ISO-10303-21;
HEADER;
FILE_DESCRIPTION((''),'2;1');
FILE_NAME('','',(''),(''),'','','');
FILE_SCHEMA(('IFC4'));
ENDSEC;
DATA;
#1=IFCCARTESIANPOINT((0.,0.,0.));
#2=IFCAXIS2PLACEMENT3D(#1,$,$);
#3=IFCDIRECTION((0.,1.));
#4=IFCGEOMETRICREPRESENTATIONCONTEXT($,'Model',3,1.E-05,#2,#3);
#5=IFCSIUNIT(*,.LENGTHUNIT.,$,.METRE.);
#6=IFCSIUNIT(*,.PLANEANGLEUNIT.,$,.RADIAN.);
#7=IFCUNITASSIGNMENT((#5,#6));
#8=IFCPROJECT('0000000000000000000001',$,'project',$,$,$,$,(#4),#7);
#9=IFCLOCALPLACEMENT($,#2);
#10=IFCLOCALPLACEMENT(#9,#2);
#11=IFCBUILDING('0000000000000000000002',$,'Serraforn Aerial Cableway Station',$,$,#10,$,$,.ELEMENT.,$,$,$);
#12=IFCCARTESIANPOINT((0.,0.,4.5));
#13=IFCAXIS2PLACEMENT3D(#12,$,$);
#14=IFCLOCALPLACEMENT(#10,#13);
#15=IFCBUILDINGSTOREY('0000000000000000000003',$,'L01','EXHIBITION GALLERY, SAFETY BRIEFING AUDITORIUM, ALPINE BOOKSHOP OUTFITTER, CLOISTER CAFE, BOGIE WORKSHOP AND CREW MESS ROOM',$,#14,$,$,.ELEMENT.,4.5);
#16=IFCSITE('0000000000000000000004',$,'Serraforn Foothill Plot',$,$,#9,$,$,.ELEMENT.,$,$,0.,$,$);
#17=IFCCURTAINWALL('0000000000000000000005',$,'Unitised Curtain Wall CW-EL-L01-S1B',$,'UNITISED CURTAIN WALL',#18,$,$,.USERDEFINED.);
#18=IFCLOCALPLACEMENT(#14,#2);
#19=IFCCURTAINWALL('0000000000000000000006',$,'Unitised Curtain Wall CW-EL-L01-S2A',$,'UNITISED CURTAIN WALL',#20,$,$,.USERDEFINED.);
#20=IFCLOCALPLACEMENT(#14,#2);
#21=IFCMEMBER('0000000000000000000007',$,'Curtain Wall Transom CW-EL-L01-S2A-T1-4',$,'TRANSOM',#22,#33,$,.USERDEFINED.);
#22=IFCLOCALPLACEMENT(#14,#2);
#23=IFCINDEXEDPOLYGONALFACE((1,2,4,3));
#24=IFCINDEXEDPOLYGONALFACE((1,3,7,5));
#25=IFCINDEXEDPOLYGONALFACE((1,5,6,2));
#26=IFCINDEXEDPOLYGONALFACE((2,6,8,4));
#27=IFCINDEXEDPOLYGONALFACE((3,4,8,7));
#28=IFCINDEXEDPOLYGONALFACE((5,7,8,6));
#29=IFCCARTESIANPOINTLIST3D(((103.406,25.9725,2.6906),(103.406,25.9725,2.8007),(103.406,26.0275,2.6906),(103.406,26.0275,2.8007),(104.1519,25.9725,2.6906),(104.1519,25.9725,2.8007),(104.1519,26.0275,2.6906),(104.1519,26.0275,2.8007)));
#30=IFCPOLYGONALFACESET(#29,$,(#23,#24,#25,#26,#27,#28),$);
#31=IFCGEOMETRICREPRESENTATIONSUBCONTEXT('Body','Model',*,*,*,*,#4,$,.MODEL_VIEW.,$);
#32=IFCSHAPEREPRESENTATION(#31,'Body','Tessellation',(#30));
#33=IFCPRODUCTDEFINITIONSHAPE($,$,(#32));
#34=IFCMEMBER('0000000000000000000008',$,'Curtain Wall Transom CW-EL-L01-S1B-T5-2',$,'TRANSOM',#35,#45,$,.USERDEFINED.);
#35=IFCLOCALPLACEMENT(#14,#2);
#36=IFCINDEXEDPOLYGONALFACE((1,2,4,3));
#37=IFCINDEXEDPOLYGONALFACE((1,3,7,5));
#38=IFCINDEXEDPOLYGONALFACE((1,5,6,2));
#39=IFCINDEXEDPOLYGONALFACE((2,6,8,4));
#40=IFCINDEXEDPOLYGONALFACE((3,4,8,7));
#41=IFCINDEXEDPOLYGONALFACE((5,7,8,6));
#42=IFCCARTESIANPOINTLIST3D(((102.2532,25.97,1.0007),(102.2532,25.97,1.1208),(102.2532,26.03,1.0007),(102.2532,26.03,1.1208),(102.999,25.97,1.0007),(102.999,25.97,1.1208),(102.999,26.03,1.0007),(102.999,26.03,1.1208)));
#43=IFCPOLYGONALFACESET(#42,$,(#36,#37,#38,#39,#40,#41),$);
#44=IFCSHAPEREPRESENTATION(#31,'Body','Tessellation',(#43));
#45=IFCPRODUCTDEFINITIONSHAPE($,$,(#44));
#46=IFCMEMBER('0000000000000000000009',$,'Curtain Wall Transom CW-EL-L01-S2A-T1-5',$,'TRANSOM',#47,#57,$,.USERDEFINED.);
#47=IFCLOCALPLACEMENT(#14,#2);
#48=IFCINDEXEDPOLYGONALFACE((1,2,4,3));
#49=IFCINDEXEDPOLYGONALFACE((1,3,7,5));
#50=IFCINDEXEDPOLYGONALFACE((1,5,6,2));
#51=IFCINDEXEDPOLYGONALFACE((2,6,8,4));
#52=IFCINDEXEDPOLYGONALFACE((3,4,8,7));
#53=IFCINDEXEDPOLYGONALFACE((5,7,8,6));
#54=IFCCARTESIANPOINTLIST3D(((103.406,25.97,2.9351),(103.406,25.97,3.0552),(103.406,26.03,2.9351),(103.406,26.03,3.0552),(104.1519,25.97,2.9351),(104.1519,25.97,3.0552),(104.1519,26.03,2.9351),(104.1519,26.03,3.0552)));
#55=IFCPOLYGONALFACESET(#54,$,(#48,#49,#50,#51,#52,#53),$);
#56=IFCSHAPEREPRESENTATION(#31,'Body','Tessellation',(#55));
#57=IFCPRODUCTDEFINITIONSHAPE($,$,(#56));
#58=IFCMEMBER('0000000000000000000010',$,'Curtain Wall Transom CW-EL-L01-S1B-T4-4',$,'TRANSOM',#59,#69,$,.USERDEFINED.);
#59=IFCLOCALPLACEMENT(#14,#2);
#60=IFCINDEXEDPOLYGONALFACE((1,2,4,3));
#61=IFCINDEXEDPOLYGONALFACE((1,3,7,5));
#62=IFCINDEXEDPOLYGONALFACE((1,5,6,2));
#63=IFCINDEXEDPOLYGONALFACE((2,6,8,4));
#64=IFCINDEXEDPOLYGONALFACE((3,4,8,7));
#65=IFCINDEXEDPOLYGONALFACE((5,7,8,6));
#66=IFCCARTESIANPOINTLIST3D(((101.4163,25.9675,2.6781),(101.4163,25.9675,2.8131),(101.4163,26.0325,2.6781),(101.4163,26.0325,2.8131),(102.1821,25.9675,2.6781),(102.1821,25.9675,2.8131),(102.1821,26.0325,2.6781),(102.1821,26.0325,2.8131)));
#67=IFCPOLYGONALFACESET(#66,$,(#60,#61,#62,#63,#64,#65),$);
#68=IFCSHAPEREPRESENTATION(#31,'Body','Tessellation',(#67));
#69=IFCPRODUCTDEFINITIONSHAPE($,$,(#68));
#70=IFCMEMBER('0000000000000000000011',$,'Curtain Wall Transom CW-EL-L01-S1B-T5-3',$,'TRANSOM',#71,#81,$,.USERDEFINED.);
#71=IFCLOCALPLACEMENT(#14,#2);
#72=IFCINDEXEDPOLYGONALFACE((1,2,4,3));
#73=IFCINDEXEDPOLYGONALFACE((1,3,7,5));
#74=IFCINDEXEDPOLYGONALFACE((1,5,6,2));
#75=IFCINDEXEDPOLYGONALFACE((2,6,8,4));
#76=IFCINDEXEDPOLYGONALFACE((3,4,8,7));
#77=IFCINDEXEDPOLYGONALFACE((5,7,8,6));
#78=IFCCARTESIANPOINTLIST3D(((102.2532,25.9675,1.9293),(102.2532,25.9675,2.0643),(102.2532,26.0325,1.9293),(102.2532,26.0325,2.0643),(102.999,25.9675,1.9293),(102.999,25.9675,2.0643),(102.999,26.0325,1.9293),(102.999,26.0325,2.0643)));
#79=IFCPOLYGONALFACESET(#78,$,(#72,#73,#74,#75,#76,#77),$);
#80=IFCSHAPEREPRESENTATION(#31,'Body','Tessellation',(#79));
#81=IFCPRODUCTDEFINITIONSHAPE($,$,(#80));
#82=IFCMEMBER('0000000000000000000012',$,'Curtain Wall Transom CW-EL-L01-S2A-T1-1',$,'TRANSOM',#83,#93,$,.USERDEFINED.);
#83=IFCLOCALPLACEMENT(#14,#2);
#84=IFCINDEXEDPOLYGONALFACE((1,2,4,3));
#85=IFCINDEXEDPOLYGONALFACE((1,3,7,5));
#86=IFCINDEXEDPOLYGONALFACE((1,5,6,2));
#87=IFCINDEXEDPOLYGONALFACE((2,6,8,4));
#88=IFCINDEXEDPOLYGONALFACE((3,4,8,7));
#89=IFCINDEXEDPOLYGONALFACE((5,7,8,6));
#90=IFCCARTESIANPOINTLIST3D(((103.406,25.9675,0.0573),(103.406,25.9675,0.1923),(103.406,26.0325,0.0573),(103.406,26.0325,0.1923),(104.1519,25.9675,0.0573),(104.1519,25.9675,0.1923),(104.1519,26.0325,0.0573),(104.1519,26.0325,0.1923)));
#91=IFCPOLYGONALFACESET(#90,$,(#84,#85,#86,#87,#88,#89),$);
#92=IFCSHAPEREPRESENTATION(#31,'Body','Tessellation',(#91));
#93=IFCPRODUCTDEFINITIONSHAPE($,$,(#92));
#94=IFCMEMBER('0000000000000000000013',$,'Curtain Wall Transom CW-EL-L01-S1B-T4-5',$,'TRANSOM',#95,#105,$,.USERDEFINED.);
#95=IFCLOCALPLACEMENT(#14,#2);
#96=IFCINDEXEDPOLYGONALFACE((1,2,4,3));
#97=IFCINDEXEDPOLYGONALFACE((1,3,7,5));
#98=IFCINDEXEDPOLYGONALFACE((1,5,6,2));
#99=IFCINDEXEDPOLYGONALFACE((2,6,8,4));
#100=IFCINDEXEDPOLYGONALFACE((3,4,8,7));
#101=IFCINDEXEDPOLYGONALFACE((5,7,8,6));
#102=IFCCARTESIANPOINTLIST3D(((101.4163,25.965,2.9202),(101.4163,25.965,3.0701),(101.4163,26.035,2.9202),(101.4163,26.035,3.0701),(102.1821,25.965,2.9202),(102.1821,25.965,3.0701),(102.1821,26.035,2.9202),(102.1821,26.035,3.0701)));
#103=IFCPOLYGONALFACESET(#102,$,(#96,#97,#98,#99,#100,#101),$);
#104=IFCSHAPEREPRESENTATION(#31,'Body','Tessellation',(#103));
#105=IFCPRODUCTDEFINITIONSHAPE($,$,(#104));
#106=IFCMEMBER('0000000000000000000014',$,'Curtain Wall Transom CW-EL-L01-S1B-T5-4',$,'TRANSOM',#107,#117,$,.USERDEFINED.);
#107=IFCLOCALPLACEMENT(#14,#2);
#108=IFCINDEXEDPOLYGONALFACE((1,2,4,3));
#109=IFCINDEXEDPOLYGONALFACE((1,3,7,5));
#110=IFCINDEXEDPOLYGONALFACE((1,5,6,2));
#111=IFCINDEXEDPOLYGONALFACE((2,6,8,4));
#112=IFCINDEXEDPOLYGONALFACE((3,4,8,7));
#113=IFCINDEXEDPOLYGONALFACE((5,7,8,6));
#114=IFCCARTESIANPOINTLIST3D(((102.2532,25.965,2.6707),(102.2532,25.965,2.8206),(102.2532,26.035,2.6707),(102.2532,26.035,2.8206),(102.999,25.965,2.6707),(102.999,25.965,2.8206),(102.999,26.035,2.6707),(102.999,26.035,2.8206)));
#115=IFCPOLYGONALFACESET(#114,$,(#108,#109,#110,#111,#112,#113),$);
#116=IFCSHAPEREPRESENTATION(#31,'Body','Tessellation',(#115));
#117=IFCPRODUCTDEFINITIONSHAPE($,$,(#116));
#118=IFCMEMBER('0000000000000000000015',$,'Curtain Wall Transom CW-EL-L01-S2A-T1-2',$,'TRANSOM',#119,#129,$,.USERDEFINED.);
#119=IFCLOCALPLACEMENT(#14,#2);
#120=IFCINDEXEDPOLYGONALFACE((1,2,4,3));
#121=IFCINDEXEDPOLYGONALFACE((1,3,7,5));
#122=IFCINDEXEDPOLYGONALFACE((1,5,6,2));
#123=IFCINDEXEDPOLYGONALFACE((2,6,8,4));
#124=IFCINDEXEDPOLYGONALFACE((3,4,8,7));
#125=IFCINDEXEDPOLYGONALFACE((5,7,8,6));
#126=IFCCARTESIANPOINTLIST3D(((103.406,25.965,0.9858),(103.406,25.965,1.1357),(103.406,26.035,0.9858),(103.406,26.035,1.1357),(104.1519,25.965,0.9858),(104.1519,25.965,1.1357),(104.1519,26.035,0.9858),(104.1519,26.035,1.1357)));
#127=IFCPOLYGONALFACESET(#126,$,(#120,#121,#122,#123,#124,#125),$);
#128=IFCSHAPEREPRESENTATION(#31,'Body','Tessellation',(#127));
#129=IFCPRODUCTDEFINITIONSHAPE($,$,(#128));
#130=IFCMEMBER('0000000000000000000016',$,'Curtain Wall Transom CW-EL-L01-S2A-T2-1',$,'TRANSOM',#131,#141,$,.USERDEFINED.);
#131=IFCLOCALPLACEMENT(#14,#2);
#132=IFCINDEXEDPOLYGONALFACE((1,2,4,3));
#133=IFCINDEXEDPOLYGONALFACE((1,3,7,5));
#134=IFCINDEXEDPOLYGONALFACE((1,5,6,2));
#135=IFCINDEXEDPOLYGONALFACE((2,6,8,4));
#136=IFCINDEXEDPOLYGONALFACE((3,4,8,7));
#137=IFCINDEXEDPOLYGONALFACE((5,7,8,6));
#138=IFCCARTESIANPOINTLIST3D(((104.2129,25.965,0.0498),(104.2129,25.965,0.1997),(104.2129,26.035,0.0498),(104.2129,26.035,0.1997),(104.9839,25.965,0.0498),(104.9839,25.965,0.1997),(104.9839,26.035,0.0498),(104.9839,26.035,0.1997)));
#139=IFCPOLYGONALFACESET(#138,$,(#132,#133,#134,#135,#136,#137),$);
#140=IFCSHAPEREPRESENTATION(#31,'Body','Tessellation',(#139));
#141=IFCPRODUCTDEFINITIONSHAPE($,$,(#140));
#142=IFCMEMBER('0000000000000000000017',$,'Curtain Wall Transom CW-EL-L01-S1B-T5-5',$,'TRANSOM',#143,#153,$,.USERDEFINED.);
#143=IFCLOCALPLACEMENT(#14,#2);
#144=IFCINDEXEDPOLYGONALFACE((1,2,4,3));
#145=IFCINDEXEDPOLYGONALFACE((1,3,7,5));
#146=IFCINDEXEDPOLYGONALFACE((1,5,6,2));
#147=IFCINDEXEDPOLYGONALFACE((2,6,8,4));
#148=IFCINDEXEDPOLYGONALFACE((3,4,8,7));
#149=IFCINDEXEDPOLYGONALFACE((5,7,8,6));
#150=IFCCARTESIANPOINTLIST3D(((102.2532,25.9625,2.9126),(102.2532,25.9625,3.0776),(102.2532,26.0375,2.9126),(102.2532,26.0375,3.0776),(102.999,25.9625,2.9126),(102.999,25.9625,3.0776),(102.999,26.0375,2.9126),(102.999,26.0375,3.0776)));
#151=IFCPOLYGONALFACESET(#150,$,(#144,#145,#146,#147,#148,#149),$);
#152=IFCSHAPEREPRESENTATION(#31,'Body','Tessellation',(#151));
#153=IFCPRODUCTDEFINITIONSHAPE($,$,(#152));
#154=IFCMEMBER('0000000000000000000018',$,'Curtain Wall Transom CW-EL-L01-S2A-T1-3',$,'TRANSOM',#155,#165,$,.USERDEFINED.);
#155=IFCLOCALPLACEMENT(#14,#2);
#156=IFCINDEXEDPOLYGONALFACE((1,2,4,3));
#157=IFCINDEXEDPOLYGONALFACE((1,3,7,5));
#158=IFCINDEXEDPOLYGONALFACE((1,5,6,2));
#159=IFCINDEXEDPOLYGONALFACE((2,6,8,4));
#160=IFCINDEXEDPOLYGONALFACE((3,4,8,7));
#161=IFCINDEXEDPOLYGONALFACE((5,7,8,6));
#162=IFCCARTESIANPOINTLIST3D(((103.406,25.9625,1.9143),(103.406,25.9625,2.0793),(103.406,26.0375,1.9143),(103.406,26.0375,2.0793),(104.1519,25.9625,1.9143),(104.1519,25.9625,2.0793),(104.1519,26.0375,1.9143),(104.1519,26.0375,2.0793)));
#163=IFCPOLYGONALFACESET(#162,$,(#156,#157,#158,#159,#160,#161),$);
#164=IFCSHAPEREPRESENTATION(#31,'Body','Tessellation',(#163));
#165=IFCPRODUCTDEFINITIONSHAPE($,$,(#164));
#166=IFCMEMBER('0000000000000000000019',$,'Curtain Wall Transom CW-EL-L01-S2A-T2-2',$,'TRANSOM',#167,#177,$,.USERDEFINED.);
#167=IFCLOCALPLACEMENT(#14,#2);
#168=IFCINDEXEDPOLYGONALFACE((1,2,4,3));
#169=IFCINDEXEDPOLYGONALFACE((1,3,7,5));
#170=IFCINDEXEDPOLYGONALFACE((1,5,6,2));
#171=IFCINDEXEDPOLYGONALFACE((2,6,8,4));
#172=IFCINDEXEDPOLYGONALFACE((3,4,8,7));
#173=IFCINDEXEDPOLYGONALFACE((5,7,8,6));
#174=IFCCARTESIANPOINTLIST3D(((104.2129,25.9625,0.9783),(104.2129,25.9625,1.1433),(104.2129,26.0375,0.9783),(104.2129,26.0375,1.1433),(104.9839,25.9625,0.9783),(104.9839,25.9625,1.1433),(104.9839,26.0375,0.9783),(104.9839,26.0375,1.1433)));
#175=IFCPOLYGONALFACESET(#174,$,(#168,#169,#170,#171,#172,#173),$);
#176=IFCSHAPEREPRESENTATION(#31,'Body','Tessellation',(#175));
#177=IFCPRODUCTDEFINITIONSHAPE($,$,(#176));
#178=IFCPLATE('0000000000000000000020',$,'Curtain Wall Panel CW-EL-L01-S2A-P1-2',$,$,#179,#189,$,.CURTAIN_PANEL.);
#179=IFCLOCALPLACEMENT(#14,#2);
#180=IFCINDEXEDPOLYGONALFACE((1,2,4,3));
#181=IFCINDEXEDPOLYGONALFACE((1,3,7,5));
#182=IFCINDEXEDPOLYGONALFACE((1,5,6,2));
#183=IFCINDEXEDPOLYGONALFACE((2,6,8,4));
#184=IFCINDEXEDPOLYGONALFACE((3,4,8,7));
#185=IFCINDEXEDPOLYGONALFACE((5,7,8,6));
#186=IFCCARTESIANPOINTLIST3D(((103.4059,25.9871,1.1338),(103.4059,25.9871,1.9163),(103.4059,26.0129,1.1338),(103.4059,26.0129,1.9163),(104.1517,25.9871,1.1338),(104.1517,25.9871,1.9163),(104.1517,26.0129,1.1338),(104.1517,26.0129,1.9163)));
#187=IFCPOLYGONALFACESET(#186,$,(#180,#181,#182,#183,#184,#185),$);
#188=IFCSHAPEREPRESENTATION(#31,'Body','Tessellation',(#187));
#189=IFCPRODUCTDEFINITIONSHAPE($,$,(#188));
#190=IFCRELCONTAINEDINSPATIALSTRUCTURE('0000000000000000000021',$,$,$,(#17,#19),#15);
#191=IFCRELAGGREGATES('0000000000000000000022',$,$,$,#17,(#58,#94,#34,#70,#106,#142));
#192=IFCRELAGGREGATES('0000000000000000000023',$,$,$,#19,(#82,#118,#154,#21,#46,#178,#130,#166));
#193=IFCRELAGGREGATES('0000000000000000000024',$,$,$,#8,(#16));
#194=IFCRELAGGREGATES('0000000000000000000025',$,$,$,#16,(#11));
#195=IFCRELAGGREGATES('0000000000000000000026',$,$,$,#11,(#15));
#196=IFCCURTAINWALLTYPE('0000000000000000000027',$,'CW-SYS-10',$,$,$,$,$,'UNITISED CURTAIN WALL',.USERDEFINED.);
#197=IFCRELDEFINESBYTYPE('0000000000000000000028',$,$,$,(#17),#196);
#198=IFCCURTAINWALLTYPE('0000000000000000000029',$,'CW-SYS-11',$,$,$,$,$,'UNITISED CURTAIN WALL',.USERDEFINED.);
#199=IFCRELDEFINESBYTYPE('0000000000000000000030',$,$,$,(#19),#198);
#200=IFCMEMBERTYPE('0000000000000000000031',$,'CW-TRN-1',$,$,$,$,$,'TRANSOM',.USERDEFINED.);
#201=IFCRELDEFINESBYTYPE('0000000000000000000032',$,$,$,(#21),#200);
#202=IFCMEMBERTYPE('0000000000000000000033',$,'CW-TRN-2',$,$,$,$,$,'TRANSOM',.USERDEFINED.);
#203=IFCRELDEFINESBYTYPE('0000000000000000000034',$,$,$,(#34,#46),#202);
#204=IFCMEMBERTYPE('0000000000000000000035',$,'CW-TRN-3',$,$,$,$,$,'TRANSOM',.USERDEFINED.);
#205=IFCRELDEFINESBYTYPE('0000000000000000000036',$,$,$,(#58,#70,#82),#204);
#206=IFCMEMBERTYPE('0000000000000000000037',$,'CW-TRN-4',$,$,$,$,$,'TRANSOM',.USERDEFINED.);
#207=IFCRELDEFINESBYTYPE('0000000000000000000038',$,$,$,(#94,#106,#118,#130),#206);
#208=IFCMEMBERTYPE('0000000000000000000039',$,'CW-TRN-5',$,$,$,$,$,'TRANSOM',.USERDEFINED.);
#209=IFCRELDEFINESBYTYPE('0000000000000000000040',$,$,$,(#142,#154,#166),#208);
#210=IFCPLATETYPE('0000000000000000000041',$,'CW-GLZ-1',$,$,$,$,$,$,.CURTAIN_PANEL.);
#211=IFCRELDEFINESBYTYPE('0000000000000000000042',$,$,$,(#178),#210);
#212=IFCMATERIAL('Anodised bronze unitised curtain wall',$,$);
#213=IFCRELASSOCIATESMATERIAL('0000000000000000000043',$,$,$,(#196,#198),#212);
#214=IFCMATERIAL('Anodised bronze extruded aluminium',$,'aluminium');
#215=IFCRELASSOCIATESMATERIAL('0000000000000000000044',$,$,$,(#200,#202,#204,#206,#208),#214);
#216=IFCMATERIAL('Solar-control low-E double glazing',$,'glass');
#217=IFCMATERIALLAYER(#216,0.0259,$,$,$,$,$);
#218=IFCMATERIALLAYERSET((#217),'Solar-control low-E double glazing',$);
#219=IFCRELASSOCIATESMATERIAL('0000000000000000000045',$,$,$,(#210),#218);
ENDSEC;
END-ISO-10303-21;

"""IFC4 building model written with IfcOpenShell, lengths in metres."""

from ifc_helpers import new_model, si_unit, direction, frame, origin, origin_2d, place, context, subcontext, project, spatial, rectangle, extrude, material, layer, layer_set, material_profile, profile_set, type_object, element, aggregate, save


model = new_model("IFC4")

# Units and contexts
model_context = context("Model", 3, precision=1e-05, world=origin(), true_north=direction((0.0, 1.0)))
body_context = subcontext(model_context, "Body", "Model", "MODEL_VIEW")
ifc_project = project(units=[si_unit("LENGTHUNIT", "METRE"), si_unit("PLANEANGLEUNIT", "RADIAN")], contexts=[model_context])

# Site, building, storey
site_placement = place(None, origin())
site = spatial("IfcSite", under=ifc_project, at=site_placement, Name="Serraforn Foothill Plot", CompositionType="ELEMENT", RefElevation=0.0)
building_placement = place(site_placement, origin())
building = spatial("IfcBuilding", under=site, at=building_placement, Name="Serraforn Aerial Cableway Station", CompositionType="ELEMENT")
storey_placement = place(building_placement, frame((0.0, 0.0, 4.5)))
storey = spatial("IfcBuildingStorey", under=building, at=storey_placement, Name="L01", Description="EXHIBITION GALLERY, SAFETY BRIEFING AUDITORIUM, ALPINE BOOKSHOP OUTFITTER, CLOISTER CAFE, BOGIE WORKSHOP AND CREW MESS ROOM", CompositionType="ELEMENT", Elevation=4.5)

# Curtain wall
ifc_material_1 = material(Name="Anodised bronze unitised curtain wall")
curtain_wall_type_1 = type_object("IfcCurtainWallType", Name="CW-SYS-10", ElementType="UNITISED CURTAIN WALL", PredefinedType="USERDEFINED", material=ifc_material_1)
curtain_wall_1_placement = place(storey_placement, origin())
curtain_wall_1 = element("IfcCurtainWall", 1, at=curtain_wall_1_placement, inside=storey, type_object=curtain_wall_type_1, Name="Unitised Curtain Wall CW-EL-L01-S1B", ObjectType="UNITISED CURTAIN WALL", PredefinedType="USERDEFINED")
ifc_material_2 = material(Name="Anodised bronze extruded aluminium", Category="aluminium")

# Curtain wall
curtain_wall_type_2 = type_object("IfcCurtainWallType", Name="CW-SYS-11", ElementType="UNITISED CURTAIN WALL", PredefinedType="USERDEFINED", material=ifc_material_1)
curtain_wall_2_placement = place(storey_placement, origin())
curtain_wall_2 = element("IfcCurtainWall", 2, at=curtain_wall_2_placement, inside=storey, type_object=curtain_wall_type_2, Name="Unitised Curtain Wall CW-EL-L01-S2A", ObjectType="UNITISED CURTAIN WALL", PredefinedType="USERDEFINED")

# Members
ifc_material_profile_1 = material_profile(ifc_material_2, rectangle(XDim=0.0549, YDim=0.1101, at=origin_2d()), Name="CW TRANSOM 55x110")
ifc_profile_set_1 = profile_set([ifc_material_profile_1], Name="Anodised bronze extruded aluminium")
member_type_1 = type_object("IfcMemberType", Name="CW-TRN-1", ElementType="TRANSOM", PredefinedType="USERDEFINED", material=ifc_profile_set_1)
member_1_placement = place(storey_placement, frame((103.406, 26.0, 2.7456), z_axis=(1.0, 0.0, 0.0), x_axis=(0.0, 1.0, 0.0)))
member_1 = element("IfcMember", 3, at=member_1_placement, type_object=member_type_1, Name="Curtain Wall Transom CW-EL-L01-S2A-T1-4", ObjectType="TRANSOM", PredefinedType="USERDEFINED", context=body_context, shape_type="SweptSolid", body=[
    extrude(rectangle(XDim=0.0549, YDim=0.1101, at=origin_2d()), origin(), (0.0, 0.0, 1.0), 0.7458),
])
ifc_material_profile_2 = material_profile(ifc_material_2, rectangle(XDim=0.0601, YDim=0.1201, at=origin_2d()), Name="CW TRANSOM 60x120")
ifc_profile_set_2 = profile_set([ifc_material_profile_2], Name="Anodised bronze extruded aluminium")
member_type_2 = type_object("IfcMemberType", Name="CW-TRN-2", ElementType="TRANSOM", PredefinedType="USERDEFINED", material=ifc_profile_set_2)
member_2_placement = place(storey_placement, frame((102.2532, 26.0, 1.0608), z_axis=(1.0, 0.0, 0.0), x_axis=(0.0, 1.0, 0.0)))
member_2 = element("IfcMember", 4, at=member_2_placement, type_object=member_type_2, Name="Curtain Wall Transom CW-EL-L01-S1B-T5-2", ObjectType="TRANSOM", PredefinedType="USERDEFINED", context=body_context, shape_type="SweptSolid", body=[
    extrude(rectangle(XDim=0.0601, YDim=0.1201, at=origin_2d()), origin(), (0.0, 0.0, 1.0), 0.7458),
])
member_3_placement = place(storey_placement, frame((103.406, 26.0, 2.9951), z_axis=(1.0, 0.0, 0.0), x_axis=(0.0, 1.0, 0.0)))
member_3 = element("IfcMember", 5, at=member_3_placement, type_object=member_type_2, Name="Curtain Wall Transom CW-EL-L01-S2A-T1-5", ObjectType="TRANSOM", PredefinedType="USERDEFINED", context=body_context, shape_type="SweptSolid", body=[
    extrude(rectangle(XDim=0.0601, YDim=0.1201, at=origin_2d()), origin(), (0.0, 0.0, 1.0), 0.7458),
])
ifc_material_profile_3 = material_profile(ifc_material_2, rectangle(XDim=0.0649, YDim=0.135, at=origin_2d()), Name="CW TRANSOM 65x135")
ifc_profile_set_3 = profile_set([ifc_material_profile_3], Name="Anodised bronze extruded aluminium")
member_type_3 = type_object("IfcMemberType", Name="CW-TRN-3", ElementType="TRANSOM", PredefinedType="USERDEFINED", material=ifc_profile_set_3)
member_4_placement = place(storey_placement, frame((101.4163, 26.0, 2.7456), z_axis=(1.0, 0.0, 0.0), x_axis=(0.0, 1.0, 0.0)))
member_4 = element("IfcMember", 6, at=member_4_placement, type_object=member_type_3, Name="Curtain Wall Transom CW-EL-L01-S1B-T4-4", ObjectType="TRANSOM", PredefinedType="USERDEFINED", context=body_context, shape_type="SweptSolid", body=[
    extrude(rectangle(XDim=0.0649, YDim=0.135, at=origin_2d()), origin(), (0.0, 0.0, 1.0), 0.7659),
])
member_5_placement = place(storey_placement, frame((102.2532, 26.0, 1.9968), z_axis=(1.0, 0.0, 0.0), x_axis=(0.0, 1.0, 0.0)))
member_5 = element("IfcMember", 7, at=member_5_placement, type_object=member_type_3, Name="Curtain Wall Transom CW-EL-L01-S1B-T5-3", ObjectType="TRANSOM", PredefinedType="USERDEFINED", context=body_context, shape_type="SweptSolid", body=[
    extrude(rectangle(XDim=0.0649, YDim=0.135, at=origin_2d()), origin(), (0.0, 0.0, 1.0), 0.7458),
])
member_6_placement = place(storey_placement, frame((103.406, 26.0, 0.1248), z_axis=(1.0, 0.0, 0.0), x_axis=(0.0, 1.0, 0.0)))
member_6 = element("IfcMember", 8, at=member_6_placement, type_object=member_type_3, Name="Curtain Wall Transom CW-EL-L01-S2A-T1-1", ObjectType="TRANSOM", PredefinedType="USERDEFINED", context=body_context, shape_type="SweptSolid", body=[
    extrude(rectangle(XDim=0.0649, YDim=0.135, at=origin_2d()), origin(), (0.0, 0.0, 1.0), 0.7458),
])
ifc_material_profile_4 = material_profile(ifc_material_2, rectangle(XDim=0.0701, YDim=0.1499, at=origin_2d()), Name="CW TRANSOM 70x150")
ifc_profile_set_4 = profile_set([ifc_material_profile_4], Name="Anodised bronze extruded aluminium")
member_type_4 = type_object("IfcMemberType", Name="CW-TRN-4", ElementType="TRANSOM", PredefinedType="USERDEFINED", material=ifc_profile_set_4)
member_7_placement = place(storey_placement, frame((101.4163, 26.0, 2.9951), z_axis=(1.0, 0.0, 0.0), x_axis=(0.0, 1.0, 0.0)))
member_7 = element("IfcMember", 9, at=member_7_placement, type_object=member_type_4, Name="Curtain Wall Transom CW-EL-L01-S1B-T4-5", ObjectType="TRANSOM", PredefinedType="USERDEFINED", context=body_context, shape_type="SweptSolid", body=[
    extrude(rectangle(XDim=0.0701, YDim=0.1499, at=origin_2d()), origin(), (0.0, 0.0, 1.0), 0.7659),
])
member_8_placement = place(storey_placement, frame((102.2532, 26.0, 2.7456), z_axis=(1.0, 0.0, 0.0), x_axis=(0.0, 1.0, 0.0)))
member_8 = element("IfcMember", 10, at=member_8_placement, type_object=member_type_4, Name="Curtain Wall Transom CW-EL-L01-S1B-T5-4", ObjectType="TRANSOM", PredefinedType="USERDEFINED", context=body_context, shape_type="SweptSolid", body=[
    extrude(rectangle(XDim=0.0701, YDim=0.1499, at=origin_2d()), origin(), (0.0, 0.0, 1.0), 0.7458),
])
member_9_placement = place(storey_placement, frame((103.406, 26.0, 1.0608), z_axis=(1.0, 0.0, 0.0), x_axis=(0.0, 1.0, 0.0)))
member_9 = element("IfcMember", 11, at=member_9_placement, type_object=member_type_4, Name="Curtain Wall Transom CW-EL-L01-S2A-T1-2", ObjectType="TRANSOM", PredefinedType="USERDEFINED", context=body_context, shape_type="SweptSolid", body=[
    extrude(rectangle(XDim=0.0701, YDim=0.1499, at=origin_2d()), origin(), (0.0, 0.0, 1.0), 0.7458),
])
member_10_placement = place(storey_placement, frame((104.2129, 26.0, 0.1248), z_axis=(1.0, 0.0, 0.0), x_axis=(0.0, 1.0, 0.0)))
member_10 = element("IfcMember", 12, at=member_10_placement, type_object=member_type_4, Name="Curtain Wall Transom CW-EL-L01-S2A-T2-1", ObjectType="TRANSOM", PredefinedType="USERDEFINED", context=body_context, shape_type="SweptSolid", body=[
    extrude(rectangle(XDim=0.0701, YDim=0.1499, at=origin_2d()), origin(), (0.0, 0.0, 1.0), 0.771),
])
ifc_material_profile_5 = material_profile(ifc_material_2, rectangle(XDim=0.075, YDim=0.165, at=origin_2d()), Name="CW TRANSOM 75x165")
ifc_profile_set_5 = profile_set([ifc_material_profile_5], Name="Anodised bronze extruded aluminium")
member_type_5 = type_object("IfcMemberType", Name="CW-TRN-5", ElementType="TRANSOM", PredefinedType="USERDEFINED", material=ifc_profile_set_5)
member_11_placement = place(storey_placement, frame((102.2532, 26.0, 2.9951), z_axis=(1.0, 0.0, 0.0), x_axis=(0.0, 1.0, 0.0)))
member_11 = element("IfcMember", 13, at=member_11_placement, type_object=member_type_5, Name="Curtain Wall Transom CW-EL-L01-S1B-T5-5", ObjectType="TRANSOM", PredefinedType="USERDEFINED", context=body_context, shape_type="SweptSolid", body=[
    extrude(rectangle(XDim=0.075, YDim=0.165, at=origin_2d()), origin(), (0.0, 0.0, 1.0), 0.7458),
])
member_12_placement = place(storey_placement, frame((103.406, 26.0, 1.9968), z_axis=(1.0, 0.0, 0.0), x_axis=(0.0, 1.0, 0.0)))
member_12 = element("IfcMember", 14, at=member_12_placement, type_object=member_type_5, Name="Curtain Wall Transom CW-EL-L01-S2A-T1-3", ObjectType="TRANSOM", PredefinedType="USERDEFINED", context=body_context, shape_type="SweptSolid", body=[
    extrude(rectangle(XDim=0.075, YDim=0.165, at=origin_2d()), origin(), (0.0, 0.0, 1.0), 0.7458),
])
member_13_placement = place(storey_placement, frame((104.2129, 26.0, 1.0608), z_axis=(1.0, 0.0, 0.0), x_axis=(0.0, 1.0, 0.0)))
member_13 = element("IfcMember", 15, at=member_13_placement, type_object=member_type_5, Name="Curtain Wall Transom CW-EL-L01-S2A-T2-2", ObjectType="TRANSOM", PredefinedType="USERDEFINED", context=body_context, shape_type="SweptSolid", body=[
    extrude(rectangle(XDim=0.075, YDim=0.165, at=origin_2d()), origin(), (0.0, 0.0, 1.0), 0.771),
])

# Plate
ifc_material_3 = material(Name="Solar-control low-E double glazing", Category="glass")
ifc_layer_1 = layer(ifc_material_3, 0.0259)
ifc_layer_set_1 = layer_set([ifc_layer_1], Name="Solar-control low-E double glazing")
plate_type_1 = type_object("IfcPlateType", Name="CW-GLZ-1", PredefinedType="CURTAIN_PANEL", material=ifc_layer_set_1)
plate_1_placement = place(storey_placement, frame((103.7788, 26.0, 1.1338), z_axis=(0.0, 0.0, 1.0), x_axis=(1.0, 0.0, 0.0)))
plate_1 = element("IfcPlate", 16, at=plate_1_placement, type_object=plate_type_1, Name="Curtain Wall Panel CW-EL-L01-S2A-P1-2", PredefinedType="CURTAIN_PANEL", context=body_context, shape_type="SweptSolid", body=[
    extrude(rectangle(XDim=0.7458, YDim=0.0259, at=origin_2d()), origin(), (0.0, 0.0, 1.0), 0.7825),
])
aggregate(curtain_wall_1, [member_4, member_7, member_2, member_5, member_8, member_11])
aggregate(curtain_wall_2, [member_6, member_9, member_12, member_1, member_3, plate_1, member_10, member_13])

save(model, "model.ifc")
